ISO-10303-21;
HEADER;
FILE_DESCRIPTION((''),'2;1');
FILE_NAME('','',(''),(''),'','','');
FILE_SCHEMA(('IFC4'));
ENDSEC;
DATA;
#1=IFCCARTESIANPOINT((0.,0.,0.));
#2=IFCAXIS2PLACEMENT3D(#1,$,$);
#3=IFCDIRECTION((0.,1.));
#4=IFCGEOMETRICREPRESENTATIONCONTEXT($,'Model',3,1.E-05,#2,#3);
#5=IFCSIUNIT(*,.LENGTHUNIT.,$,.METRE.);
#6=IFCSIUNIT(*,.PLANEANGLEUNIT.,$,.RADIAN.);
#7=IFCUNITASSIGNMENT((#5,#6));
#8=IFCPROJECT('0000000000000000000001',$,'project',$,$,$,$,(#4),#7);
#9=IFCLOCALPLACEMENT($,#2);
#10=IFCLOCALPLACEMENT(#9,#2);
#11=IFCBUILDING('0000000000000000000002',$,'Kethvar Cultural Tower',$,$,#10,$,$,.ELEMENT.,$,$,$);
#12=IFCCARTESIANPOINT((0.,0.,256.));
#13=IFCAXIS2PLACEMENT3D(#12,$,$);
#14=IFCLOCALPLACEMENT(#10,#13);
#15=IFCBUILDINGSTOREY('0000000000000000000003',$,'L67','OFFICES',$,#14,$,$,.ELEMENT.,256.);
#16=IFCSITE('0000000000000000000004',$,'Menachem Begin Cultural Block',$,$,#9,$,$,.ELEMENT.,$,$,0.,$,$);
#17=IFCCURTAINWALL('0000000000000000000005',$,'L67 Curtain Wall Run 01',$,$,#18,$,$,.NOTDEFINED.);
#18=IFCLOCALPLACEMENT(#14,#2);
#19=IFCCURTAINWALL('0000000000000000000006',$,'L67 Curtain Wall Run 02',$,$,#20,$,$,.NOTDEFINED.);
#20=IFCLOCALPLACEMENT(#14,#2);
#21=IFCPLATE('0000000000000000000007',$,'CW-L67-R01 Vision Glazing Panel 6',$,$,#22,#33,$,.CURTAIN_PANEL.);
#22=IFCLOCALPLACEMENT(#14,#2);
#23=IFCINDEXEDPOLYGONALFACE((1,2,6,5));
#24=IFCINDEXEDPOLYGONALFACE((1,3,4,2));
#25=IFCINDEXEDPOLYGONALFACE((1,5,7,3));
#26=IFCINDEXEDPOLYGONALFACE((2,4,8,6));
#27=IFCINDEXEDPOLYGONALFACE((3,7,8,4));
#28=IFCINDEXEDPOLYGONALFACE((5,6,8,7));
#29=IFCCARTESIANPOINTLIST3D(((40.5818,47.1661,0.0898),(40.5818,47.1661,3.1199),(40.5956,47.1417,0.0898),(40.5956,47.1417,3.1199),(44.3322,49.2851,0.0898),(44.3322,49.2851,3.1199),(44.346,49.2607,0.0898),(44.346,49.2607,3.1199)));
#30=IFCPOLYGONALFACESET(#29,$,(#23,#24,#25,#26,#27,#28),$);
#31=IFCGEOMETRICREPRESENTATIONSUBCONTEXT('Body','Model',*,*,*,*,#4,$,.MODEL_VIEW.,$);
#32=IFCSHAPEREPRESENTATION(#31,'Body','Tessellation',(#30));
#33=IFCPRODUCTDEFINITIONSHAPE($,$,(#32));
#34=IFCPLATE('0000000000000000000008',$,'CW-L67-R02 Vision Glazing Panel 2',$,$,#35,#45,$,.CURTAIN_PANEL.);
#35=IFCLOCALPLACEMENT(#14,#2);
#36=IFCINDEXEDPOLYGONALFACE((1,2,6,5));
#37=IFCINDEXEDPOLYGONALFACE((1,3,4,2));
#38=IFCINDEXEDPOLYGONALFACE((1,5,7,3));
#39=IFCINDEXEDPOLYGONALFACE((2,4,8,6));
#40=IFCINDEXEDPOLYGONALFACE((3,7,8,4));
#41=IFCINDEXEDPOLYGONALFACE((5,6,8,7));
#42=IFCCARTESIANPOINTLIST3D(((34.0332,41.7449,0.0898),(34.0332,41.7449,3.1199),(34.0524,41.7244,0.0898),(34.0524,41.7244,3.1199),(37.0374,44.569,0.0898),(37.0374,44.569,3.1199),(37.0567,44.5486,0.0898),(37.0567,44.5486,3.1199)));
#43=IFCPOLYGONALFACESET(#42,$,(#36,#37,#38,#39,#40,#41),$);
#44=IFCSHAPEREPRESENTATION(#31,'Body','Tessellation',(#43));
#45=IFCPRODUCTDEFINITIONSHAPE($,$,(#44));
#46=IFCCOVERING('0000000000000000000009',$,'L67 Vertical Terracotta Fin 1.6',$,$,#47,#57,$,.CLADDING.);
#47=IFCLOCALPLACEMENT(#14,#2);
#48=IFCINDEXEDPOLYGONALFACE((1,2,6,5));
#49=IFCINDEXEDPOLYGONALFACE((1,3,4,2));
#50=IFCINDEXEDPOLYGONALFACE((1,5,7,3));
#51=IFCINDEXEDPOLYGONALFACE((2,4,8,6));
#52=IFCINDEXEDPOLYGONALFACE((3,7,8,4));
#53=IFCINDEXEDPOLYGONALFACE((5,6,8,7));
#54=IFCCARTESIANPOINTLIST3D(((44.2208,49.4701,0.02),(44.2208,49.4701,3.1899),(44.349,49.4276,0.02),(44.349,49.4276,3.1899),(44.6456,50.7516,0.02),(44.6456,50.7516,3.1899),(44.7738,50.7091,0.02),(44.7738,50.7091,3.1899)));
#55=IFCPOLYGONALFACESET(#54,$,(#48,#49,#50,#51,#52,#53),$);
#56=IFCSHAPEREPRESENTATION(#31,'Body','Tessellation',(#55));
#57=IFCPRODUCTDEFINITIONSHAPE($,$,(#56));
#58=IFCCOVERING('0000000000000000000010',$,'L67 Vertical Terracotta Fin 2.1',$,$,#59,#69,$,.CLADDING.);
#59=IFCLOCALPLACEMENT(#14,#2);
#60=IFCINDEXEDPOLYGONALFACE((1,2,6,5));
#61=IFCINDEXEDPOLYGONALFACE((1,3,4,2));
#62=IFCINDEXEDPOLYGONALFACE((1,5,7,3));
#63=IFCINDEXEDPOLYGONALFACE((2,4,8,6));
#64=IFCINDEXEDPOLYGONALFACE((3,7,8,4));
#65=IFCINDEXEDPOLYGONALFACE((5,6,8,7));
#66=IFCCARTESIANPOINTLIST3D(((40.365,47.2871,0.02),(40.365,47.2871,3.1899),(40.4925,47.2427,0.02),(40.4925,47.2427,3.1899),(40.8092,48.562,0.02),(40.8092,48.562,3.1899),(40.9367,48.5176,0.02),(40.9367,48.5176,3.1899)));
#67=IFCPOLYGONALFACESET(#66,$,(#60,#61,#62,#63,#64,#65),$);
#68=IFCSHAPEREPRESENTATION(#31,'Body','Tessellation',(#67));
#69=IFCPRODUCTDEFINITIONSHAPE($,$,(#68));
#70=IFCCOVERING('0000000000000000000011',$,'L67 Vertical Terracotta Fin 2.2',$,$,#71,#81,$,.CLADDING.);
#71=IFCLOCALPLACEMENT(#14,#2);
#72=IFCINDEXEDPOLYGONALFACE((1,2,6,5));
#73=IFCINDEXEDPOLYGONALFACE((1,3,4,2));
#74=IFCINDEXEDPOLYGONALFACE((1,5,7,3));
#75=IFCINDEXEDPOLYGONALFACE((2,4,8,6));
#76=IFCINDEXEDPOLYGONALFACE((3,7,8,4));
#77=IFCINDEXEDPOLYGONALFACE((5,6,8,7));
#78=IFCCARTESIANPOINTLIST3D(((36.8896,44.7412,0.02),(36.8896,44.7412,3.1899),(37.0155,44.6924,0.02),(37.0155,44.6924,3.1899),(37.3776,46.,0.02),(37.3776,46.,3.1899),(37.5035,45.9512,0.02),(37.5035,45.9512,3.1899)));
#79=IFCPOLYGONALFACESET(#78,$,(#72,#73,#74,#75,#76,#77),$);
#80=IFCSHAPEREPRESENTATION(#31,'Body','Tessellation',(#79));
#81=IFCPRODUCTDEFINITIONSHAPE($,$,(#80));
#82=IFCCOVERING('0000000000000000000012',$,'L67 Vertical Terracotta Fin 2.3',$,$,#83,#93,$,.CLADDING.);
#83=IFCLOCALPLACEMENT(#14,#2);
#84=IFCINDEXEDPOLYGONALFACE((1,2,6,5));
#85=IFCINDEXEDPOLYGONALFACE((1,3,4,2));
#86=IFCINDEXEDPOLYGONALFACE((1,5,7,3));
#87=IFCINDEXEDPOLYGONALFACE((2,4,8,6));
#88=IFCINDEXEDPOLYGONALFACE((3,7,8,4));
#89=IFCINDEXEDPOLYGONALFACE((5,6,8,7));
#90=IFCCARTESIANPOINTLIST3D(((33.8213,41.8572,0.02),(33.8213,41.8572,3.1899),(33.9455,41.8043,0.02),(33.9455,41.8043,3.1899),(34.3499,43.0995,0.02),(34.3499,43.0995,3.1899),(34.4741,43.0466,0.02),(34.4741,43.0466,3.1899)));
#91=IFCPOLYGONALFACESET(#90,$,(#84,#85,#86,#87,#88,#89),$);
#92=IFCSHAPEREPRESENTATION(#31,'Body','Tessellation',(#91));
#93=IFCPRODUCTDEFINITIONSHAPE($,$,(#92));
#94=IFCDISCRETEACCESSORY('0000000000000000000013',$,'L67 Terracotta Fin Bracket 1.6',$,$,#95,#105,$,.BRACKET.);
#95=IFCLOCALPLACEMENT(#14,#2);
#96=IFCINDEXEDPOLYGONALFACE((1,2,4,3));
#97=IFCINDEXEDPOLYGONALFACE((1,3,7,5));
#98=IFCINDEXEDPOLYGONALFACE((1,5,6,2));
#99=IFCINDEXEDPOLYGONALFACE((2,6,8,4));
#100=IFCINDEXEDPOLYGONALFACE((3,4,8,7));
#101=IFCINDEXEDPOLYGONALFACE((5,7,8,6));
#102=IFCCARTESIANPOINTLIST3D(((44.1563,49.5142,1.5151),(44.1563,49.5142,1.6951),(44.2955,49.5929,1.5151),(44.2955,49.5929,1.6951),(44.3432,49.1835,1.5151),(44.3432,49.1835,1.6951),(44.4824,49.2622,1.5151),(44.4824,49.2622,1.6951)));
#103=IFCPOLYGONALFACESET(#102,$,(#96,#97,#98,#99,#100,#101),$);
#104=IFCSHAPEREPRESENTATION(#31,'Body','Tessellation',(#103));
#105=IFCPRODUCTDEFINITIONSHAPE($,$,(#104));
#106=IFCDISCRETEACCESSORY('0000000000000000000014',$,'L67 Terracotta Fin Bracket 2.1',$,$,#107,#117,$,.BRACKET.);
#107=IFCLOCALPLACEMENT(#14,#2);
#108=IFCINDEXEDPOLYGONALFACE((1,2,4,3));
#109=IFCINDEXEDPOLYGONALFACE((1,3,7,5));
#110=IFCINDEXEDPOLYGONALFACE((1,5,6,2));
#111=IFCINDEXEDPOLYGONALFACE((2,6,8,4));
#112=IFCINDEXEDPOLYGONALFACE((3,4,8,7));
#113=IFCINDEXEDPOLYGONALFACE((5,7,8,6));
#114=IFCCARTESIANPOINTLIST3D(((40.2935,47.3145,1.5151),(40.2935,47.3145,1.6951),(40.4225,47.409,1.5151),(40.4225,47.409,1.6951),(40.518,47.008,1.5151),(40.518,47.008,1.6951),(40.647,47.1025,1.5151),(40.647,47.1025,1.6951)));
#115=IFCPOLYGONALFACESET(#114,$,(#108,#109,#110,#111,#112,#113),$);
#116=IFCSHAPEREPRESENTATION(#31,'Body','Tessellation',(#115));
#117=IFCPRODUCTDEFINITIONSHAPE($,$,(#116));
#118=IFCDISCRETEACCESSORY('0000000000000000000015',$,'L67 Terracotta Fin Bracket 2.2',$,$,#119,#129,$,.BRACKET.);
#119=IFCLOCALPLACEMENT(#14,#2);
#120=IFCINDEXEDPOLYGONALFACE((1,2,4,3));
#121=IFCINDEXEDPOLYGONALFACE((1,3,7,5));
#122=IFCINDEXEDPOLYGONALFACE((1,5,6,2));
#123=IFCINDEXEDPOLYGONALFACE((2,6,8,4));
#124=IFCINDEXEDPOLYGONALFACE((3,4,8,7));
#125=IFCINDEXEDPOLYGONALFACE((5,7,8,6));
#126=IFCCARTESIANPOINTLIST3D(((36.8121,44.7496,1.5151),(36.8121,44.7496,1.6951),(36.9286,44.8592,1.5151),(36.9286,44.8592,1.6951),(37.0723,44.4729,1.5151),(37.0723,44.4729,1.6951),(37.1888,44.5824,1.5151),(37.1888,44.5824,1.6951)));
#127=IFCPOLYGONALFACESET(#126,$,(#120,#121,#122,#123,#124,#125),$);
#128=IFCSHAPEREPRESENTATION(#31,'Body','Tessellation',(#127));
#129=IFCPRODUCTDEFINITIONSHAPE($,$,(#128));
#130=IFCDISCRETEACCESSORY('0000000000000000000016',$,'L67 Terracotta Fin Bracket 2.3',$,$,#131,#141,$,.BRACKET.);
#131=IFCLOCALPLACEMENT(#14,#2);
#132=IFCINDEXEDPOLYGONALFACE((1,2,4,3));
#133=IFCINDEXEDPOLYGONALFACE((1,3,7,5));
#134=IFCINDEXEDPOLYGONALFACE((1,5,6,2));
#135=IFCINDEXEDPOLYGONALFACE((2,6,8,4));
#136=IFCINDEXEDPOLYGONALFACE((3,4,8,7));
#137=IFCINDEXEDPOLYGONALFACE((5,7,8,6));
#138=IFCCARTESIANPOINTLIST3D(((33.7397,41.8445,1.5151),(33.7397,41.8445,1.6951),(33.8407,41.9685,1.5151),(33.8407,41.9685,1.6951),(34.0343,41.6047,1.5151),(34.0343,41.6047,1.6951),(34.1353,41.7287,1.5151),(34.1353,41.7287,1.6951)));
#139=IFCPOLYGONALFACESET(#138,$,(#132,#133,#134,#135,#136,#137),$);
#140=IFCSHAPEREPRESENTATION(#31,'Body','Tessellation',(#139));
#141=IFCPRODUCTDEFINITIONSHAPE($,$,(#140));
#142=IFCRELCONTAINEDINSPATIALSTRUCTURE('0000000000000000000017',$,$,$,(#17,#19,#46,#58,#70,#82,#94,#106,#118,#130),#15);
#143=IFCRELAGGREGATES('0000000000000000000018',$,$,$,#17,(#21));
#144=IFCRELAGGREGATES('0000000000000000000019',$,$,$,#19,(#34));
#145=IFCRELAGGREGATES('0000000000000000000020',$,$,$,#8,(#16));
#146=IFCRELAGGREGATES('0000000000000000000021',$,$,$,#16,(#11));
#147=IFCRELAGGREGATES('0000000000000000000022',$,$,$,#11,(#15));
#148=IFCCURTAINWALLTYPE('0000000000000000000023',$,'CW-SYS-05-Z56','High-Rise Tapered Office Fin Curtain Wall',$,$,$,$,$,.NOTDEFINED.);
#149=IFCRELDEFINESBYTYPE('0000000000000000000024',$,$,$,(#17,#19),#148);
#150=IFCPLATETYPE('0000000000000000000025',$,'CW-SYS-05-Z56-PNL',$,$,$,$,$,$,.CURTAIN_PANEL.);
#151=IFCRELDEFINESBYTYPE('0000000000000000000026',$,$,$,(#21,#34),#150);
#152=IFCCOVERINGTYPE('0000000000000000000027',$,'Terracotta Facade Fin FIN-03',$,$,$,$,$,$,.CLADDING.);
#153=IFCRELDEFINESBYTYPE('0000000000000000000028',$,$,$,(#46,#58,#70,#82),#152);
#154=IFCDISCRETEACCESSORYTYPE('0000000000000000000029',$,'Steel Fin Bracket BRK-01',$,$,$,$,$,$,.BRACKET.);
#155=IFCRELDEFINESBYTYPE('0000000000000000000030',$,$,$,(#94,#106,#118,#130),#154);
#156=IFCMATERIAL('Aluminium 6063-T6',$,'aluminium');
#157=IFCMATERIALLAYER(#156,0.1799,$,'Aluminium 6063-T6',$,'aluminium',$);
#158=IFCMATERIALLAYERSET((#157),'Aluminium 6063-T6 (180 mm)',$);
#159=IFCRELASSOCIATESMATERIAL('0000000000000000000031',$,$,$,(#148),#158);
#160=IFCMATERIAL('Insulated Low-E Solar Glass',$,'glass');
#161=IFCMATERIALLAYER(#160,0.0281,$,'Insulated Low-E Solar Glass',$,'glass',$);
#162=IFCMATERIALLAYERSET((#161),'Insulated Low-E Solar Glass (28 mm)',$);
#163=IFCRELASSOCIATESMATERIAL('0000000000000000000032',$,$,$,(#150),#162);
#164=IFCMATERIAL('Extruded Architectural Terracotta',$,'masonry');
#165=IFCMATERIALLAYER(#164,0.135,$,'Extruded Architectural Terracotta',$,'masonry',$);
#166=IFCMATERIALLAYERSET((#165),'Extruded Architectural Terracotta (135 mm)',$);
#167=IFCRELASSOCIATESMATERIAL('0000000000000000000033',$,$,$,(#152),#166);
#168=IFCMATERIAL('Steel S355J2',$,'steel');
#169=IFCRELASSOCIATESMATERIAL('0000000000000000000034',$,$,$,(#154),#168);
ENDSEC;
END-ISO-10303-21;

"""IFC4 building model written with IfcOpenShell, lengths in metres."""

from ifc_helpers import new_model, si_unit, direction, frame, origin, origin_2d, place, context, subcontext, project, spatial, rectangle, extrude, source, transform, mapped, material, layer, layer_set, type_object, element, aggregate, save


model = new_model("IFC4")

# Units and contexts
model_context = context("Model", 3, precision=1e-05, world=origin(), true_north=direction((0.0, 1.0)))
body_context = subcontext(model_context, "Body", "Model", "MODEL_VIEW")
ifc_project = project(units=[si_unit("LENGTHUNIT", "METRE"), si_unit("PLANEANGLEUNIT", "RADIAN")], contexts=[model_context])

# Site, building, storey
site_placement = place(None, origin())
site = spatial("IfcSite", under=ifc_project, at=site_placement, Name="Menachem Begin Cultural Block", CompositionType="ELEMENT", RefElevation=0.0)
building_placement = place(site_placement, origin())
building = spatial("IfcBuilding", under=site, at=building_placement, Name="Kethvar Cultural Tower", CompositionType="ELEMENT")
storey_placement = place(building_placement, frame((0.0, 0.0, 256.0)))
storey = spatial("IfcBuildingStorey", under=building, at=storey_placement, Name="L67", Description="OFFICES", CompositionType="ELEMENT", Elevation=256.0)

# Shared definitions
ifc_material_1 = material(Name="Steel S355J2", Category="steel")

# Curtain walls
ifc_material_2 = material(Name="Aluminium 6063-T6", Category="aluminium")
ifc_layer_1 = layer(ifc_material_2, 0.1799, Name="Aluminium 6063-T6", Category="aluminium")
ifc_layer_set_1 = layer_set([ifc_layer_1], Name="Aluminium 6063-T6 (180 mm)")
curtain_wall_type = type_object("IfcCurtainWallType", Name="CW-SYS-05-Z56", Description="High-Rise Tapered Office Fin Curtain Wall", PredefinedType="NOTDEFINED", material=ifc_layer_set_1)
curtain_wall_1_placement = place(storey_placement, origin())
curtain_wall_1 = element("IfcCurtainWall", 1, at=curtain_wall_1_placement, inside=storey, type_object=curtain_wall_type, Name="L67 Curtain Wall Run 01", PredefinedType="NOTDEFINED")
curtain_wall_2_placement = place(storey_placement, origin())
curtain_wall_2 = element("IfcCurtainWall", 2, at=curtain_wall_2_placement, inside=storey, type_object=curtain_wall_type, Name="L67 Curtain Wall Run 02", PredefinedType="NOTDEFINED")

# Plates
ifc_material_3 = material(Name="Insulated Low-E Solar Glass", Category="glass")
ifc_layer_2 = layer(ifc_material_3, 0.0281, Name="Insulated Low-E Solar Glass", Category="glass")
ifc_layer_set_2 = layer_set([ifc_layer_2], Name="Insulated Low-E Solar Glass (28 mm)")
plate_type = type_object("IfcPlateType", Name="CW-SYS-05-Z56-PNL", PredefinedType="CURTAIN_PANEL", material=ifc_layer_set_2)
shared_shape_1 = source(origin(), body_context, "Body", "SweptSolid", [
    extrude(rectangle(XDim=4.3076, YDim=0.0281, at=origin_2d()), origin(), (0.0, 0.0, 1.0), 3.03),
])
plate_1_placement = place(storey_placement, frame((42.4639, 48.2134, 0.0898), z_axis=(0.0, 0.0, 1.0), x_axis=(-0.870639, -0.491922, 0.0)))
plate_1 = element("IfcPlate", 3, at=plate_1_placement, type_object=plate_type, Name="CW-L67-R01 Vision Glazing Panel 6", PredefinedType="CURTAIN_PANEL", context=body_context, shape_type="MappedRepresentation", body=[
    mapped(shared_shape_1, transform((0.0, 0.0, 0.0), scale=1.0)),
])
aggregate(curtain_wall_1, [plate_1])
shared_shape_2 = source(origin(), body_context, "Body", "SweptSolid", [
    extrude(rectangle(XDim=4.1233, YDim=0.0281, at=origin_2d()), origin(), (0.0, 0.0, 1.0), 3.03),
])
plate_2_placement = place(storey_placement, frame((35.5449, 43.1467, 0.0898), z_axis=(0.0, 0.0, 1.0), x_axis=(-0.72861, -0.684929, 0.0)))
plate_2 = element("IfcPlate", 4, at=plate_2_placement, type_object=plate_type, Name="CW-L67-R02 Vision Glazing Panel 2", PredefinedType="CURTAIN_PANEL", context=body_context, shape_type="MappedRepresentation", body=[
    mapped(shared_shape_2, transform((0.0, 0.0, 0.0), scale=1.0)),
])
aggregate(curtain_wall_2, [plate_2])

# Coverings
ifc_material_4 = material(Name="Extruded Architectural Terracotta", Category="masonry")
ifc_layer_3 = layer(ifc_material_4, 0.135, Name="Extruded Architectural Terracotta", Category="masonry")
ifc_layer_set_3 = layer_set([ifc_layer_3], Name="Extruded Architectural Terracotta (135 mm)")
covering_type = type_object("IfcCoveringType", Name="Terracotta Facade Fin FIN-03", PredefinedType="CLADDING", material=ifc_layer_set_3)
shared_shape_3 = source(origin(), body_context, "Body", "SweptSolid", [
    extrude(rectangle(XDim=1.3501, YDim=0.135, at=origin_2d()), origin(), (0.0, 0.0, 1.0), 3.1699),
])
for number, where, z_axis, x_axis, name in (
    (5, (44.4973, 50.0896, 0.02), (0.0, 0.0, 1.0), (0.314655, 0.949206, 0.0), "L67 Vertical Terracotta Fin 1.6"),
    (6, (40.6509, 47.9023, 0.02), (0.0, 0.0, 1.0), (0.329031, 0.944319, 0.0), "L67 Vertical Terracotta Fin 2.1"),
    (7, (37.1965, 45.3462, 0.02), (0.0, 0.0, 1.0), (0.361462, 0.932387, 0.0), "L67 Vertical Terracotta Fin 2.2"),
    (8, (34.1477, 42.4519, 0.02), (0.0, 0.0, 1.0), (0.391534, 0.920164, 0.0), "L67 Vertical Terracotta Fin 2.3"),
):
    element("IfcCovering", number, at=place(storey_placement, frame(where, z_axis=z_axis, x_axis=x_axis)), inside=storey, type_object=covering_type, Name=name, PredefinedType="CLADDING", context=body_context, shape_type="MappedRepresentation", body=[
        mapped(shared_shape_3, transform((0.0, 0.0, 0.0), scale=1.0)),
    ])

# Discrete accessories
discrete_accessory_type = type_object("IfcDiscreteAccessoryType", Name="Steel Fin Bracket BRK-01", PredefinedType="BRACKET", material=ifc_material_1)
shared_shape_4 = source(origin(), body_context, "Body", "SweptSolid", [
    extrude(rectangle(XDim=0.3799, YDim=0.1599, at=origin_2d()), origin(), (0.0, 0.0, 1.0), 0.1799),
])
for number, where, z_axis, x_axis, name in (
    (9, (44.3193, 49.3882, 1.5151), (0.0, 0.0, 1.0), (-0.491968, 0.870613, 0.0), "L67 Terracotta Fin Bracket 1.6"),
    (10, (40.4702, 47.2085, 1.5151), (0.0, 0.0, 1.0), (-0.591028, 0.806651, 0.0), "L67 Terracotta Fin Bracket 2.1"),
    (11, (37.0005, 44.666, 1.5151), (0.0, 0.0, 1.0), (-0.684929, 0.72861, 0.0), "L67 Terracotta Fin Bracket 2.2"),
    (12, (33.9375, 41.7866, 1.5151), (0.0, 0.0, 1.0), (-0.775496, 0.631353, 0.0), "L67 Terracotta Fin Bracket 2.3"),
):
    element("IfcDiscreteAccessory", number, at=place(storey_placement, frame(where, z_axis=z_axis, x_axis=x_axis)), inside=storey, type_object=discrete_accessory_type, Name=name, PredefinedType="BRACKET", context=body_context, shape_type="MappedRepresentation", body=[
        mapped(shared_shape_4, transform((0.0, 0.0, 0.0), scale=1.0)),
    ])

save(model, "model.ifc")
